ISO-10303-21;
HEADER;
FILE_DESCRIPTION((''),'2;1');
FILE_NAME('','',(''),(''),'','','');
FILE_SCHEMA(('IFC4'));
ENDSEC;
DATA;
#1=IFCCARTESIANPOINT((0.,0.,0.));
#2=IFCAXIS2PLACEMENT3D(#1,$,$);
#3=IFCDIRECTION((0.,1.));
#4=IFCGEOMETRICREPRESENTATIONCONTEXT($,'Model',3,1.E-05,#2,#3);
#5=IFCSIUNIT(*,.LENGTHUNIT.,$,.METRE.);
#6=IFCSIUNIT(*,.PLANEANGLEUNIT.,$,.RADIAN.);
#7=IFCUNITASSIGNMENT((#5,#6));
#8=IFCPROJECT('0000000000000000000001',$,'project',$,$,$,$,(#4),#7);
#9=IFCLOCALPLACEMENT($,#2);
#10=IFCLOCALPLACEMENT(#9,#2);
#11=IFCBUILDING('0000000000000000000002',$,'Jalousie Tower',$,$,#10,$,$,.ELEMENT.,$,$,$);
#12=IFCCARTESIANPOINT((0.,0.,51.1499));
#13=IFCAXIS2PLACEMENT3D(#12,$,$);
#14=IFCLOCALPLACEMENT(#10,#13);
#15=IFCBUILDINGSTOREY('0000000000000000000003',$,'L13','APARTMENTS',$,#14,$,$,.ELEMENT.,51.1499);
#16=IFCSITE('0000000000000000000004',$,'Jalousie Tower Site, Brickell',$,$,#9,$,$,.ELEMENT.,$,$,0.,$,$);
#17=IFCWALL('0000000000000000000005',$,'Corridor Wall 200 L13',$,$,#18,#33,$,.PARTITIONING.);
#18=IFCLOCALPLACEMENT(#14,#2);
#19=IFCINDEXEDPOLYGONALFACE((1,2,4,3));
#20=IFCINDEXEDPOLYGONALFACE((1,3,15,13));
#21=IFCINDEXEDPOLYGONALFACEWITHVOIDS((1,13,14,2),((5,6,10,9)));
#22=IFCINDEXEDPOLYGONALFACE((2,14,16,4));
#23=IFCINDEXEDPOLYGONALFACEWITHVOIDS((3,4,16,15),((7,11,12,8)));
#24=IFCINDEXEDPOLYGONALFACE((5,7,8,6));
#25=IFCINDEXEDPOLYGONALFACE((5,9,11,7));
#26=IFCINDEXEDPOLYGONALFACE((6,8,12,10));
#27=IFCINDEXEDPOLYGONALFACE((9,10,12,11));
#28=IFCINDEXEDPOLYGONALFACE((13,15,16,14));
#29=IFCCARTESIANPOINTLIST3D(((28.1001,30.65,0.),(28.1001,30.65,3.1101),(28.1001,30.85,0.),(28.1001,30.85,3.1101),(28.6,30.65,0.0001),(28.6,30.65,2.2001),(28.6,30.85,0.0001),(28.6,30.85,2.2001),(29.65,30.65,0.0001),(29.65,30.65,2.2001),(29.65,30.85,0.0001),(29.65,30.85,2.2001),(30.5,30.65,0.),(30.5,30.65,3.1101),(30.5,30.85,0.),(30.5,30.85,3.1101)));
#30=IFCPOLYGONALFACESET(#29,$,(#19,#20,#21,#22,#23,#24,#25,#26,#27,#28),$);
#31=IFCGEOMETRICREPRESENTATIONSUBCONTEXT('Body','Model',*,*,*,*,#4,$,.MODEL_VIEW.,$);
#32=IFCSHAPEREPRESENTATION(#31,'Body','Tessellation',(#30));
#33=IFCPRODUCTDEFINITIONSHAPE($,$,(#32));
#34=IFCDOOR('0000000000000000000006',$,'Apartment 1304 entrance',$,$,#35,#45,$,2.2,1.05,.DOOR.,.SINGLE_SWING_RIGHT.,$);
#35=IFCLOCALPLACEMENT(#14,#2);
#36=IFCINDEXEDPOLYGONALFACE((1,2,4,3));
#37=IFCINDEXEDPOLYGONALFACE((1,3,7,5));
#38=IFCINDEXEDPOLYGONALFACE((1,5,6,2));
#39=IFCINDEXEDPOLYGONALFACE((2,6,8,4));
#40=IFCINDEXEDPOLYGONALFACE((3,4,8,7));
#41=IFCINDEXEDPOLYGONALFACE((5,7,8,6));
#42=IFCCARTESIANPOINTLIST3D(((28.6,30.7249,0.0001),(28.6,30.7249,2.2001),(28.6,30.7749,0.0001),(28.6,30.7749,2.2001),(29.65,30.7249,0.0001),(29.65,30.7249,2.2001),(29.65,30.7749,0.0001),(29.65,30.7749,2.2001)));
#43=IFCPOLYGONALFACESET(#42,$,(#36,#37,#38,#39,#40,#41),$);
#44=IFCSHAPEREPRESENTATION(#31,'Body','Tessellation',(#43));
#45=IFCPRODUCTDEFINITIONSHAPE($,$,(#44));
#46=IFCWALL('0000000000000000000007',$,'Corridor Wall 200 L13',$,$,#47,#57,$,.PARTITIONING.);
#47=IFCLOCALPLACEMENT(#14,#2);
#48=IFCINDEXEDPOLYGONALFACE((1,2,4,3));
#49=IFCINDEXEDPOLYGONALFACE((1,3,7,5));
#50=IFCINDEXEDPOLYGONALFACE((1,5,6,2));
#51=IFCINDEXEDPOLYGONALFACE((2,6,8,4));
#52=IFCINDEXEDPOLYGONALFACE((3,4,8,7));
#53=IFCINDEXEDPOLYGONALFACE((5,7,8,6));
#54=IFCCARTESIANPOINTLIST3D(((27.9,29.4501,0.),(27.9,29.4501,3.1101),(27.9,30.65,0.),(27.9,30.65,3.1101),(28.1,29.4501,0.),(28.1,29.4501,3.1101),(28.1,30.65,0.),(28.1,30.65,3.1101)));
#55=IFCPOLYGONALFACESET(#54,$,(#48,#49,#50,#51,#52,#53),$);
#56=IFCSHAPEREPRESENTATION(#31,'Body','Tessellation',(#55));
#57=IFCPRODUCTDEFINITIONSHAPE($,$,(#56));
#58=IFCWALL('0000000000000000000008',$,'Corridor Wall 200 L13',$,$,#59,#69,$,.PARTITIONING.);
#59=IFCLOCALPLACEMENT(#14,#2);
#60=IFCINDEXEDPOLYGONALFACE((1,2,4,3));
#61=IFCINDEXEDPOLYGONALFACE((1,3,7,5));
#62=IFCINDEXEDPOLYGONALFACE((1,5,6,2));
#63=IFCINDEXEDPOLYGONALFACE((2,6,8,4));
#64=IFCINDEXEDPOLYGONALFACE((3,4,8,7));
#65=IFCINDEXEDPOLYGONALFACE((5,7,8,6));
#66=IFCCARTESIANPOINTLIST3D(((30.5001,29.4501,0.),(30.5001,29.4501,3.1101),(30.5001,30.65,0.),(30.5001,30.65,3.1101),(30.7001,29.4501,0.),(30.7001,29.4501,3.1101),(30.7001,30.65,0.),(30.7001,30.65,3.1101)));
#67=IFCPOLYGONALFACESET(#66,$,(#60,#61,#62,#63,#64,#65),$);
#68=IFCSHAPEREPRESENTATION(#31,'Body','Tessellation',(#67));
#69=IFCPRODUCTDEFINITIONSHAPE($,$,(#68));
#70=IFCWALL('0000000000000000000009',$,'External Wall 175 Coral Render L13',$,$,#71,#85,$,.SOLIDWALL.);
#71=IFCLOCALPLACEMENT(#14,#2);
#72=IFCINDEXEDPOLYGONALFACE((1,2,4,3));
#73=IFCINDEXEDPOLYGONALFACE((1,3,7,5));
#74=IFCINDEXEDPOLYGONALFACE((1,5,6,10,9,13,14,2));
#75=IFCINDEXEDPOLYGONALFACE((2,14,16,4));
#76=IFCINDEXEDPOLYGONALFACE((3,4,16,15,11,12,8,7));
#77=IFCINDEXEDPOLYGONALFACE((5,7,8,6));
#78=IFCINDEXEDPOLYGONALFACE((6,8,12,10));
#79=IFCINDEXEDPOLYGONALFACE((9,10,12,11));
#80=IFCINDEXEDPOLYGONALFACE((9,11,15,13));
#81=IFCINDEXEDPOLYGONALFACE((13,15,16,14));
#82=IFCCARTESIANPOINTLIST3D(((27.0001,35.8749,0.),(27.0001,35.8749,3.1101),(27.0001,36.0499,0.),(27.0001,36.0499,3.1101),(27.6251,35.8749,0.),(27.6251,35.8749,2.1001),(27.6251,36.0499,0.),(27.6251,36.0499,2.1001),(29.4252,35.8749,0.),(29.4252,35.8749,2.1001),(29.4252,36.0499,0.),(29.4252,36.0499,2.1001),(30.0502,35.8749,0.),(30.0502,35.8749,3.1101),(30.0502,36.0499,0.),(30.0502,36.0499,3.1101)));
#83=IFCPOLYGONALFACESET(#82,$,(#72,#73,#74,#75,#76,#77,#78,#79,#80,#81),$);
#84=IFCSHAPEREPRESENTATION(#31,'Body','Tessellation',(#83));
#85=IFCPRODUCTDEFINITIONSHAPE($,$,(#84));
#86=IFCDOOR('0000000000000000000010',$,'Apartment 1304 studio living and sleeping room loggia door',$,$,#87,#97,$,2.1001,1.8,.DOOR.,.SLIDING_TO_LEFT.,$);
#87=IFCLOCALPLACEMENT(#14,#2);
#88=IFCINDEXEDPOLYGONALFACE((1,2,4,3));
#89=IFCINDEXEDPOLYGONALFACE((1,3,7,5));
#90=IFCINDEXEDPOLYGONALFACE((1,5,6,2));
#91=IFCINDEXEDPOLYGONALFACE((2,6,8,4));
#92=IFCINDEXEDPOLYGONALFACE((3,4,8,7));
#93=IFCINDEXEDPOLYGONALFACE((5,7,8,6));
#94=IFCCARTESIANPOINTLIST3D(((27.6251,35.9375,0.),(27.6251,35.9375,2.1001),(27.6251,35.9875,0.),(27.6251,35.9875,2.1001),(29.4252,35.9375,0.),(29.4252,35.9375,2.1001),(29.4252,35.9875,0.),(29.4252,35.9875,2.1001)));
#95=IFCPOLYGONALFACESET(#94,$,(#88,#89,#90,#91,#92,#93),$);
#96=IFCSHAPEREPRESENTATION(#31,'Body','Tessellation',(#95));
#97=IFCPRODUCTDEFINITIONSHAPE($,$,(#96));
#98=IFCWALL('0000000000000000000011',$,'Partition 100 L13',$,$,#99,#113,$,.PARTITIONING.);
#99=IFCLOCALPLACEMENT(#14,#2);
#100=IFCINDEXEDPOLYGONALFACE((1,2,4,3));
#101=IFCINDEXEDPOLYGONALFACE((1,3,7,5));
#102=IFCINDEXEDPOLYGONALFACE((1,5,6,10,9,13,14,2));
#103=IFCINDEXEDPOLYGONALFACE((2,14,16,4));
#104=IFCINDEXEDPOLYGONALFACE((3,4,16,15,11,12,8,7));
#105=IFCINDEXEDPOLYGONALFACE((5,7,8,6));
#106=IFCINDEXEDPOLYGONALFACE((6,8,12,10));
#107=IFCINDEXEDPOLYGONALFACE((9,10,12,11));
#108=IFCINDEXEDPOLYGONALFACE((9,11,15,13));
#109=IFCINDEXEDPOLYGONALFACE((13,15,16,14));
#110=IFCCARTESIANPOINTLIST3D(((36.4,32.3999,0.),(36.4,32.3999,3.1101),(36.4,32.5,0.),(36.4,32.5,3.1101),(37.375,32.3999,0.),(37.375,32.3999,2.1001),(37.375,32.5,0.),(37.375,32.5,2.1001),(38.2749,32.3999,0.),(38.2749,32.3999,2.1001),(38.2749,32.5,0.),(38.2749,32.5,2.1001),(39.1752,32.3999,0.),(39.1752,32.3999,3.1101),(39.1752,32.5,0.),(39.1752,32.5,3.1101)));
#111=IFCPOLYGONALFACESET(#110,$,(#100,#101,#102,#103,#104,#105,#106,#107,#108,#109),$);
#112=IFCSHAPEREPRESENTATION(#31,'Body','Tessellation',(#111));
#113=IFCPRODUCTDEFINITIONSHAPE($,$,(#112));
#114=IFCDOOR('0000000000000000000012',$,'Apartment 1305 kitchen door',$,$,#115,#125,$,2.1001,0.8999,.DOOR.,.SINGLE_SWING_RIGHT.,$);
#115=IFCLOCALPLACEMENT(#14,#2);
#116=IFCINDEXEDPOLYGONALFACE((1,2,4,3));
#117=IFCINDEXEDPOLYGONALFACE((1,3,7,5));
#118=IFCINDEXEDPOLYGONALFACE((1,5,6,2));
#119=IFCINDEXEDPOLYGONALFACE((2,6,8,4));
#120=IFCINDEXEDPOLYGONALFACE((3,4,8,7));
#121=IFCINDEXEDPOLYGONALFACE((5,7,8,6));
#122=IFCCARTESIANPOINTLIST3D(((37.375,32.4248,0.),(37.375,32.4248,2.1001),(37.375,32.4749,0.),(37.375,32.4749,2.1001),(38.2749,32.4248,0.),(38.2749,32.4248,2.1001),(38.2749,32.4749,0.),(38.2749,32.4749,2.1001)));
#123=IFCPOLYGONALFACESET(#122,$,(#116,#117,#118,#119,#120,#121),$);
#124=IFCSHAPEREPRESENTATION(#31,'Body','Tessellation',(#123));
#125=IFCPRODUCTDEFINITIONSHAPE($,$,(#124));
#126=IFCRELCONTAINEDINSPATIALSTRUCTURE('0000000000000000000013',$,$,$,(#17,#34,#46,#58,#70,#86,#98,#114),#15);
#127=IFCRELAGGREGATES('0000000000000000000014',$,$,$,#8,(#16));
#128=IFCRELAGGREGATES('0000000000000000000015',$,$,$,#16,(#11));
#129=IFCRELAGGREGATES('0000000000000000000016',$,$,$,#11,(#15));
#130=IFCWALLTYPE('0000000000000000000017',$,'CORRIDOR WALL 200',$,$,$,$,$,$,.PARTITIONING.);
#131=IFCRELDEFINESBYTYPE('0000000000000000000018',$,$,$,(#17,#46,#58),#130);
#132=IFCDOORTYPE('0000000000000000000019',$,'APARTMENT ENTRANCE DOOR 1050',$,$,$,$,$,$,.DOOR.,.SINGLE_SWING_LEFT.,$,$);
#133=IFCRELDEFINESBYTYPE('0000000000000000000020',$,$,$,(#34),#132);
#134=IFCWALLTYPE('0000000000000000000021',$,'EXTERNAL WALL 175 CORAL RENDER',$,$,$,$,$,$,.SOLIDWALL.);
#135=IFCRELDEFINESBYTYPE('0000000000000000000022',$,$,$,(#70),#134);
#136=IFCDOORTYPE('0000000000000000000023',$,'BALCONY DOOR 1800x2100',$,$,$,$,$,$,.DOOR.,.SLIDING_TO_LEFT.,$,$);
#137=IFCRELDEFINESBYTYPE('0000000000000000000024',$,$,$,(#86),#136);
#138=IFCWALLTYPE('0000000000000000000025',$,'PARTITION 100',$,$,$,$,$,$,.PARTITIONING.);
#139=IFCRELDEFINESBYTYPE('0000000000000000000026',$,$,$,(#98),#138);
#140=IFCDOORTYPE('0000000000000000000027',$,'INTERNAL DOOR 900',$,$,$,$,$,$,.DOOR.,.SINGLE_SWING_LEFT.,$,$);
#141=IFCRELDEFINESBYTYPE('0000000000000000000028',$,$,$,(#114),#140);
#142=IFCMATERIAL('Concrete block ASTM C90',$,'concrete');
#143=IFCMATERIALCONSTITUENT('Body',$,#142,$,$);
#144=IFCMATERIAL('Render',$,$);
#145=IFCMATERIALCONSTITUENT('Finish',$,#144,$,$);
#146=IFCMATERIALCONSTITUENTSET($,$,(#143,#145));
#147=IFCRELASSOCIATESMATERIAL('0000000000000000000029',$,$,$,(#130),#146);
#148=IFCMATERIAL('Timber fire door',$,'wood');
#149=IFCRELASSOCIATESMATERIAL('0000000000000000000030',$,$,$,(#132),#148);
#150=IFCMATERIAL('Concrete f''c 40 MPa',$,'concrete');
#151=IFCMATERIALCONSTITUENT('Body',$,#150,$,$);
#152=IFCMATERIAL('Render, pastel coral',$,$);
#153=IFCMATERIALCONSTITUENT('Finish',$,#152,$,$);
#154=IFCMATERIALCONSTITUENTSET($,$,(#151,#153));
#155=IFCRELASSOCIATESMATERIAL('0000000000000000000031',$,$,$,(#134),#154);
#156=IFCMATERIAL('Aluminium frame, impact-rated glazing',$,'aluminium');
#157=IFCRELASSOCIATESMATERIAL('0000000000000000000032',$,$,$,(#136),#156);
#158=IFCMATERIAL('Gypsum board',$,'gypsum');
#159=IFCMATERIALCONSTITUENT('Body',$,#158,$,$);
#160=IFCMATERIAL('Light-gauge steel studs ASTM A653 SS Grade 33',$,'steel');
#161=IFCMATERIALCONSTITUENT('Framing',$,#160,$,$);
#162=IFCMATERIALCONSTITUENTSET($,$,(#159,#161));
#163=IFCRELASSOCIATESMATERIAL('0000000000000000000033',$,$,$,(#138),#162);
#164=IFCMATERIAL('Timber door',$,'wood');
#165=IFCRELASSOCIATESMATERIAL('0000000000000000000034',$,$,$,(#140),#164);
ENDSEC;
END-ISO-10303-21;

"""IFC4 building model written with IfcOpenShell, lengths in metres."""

from ifc_helpers import new_model, si_unit, direction, frame, frame_2d, origin, place, context, subcontext, project, spatial, rectangle, extrude, material, constituent, constituent_set, type_object, element, fill, save


model = new_model("IFC4")

# Units and contexts
model_context = context("Model", 3, precision=1e-05, world=origin(), true_north=direction((0.0, 1.0)))
body_context = subcontext(model_context, "Body", "Model", "MODEL_VIEW")
ifc_project = project(units=[si_unit("LENGTHUNIT", "METRE"), si_unit("PLANEANGLEUNIT", "RADIAN")], contexts=[model_context])

# Site, building, storey
site_placement = place(None, origin())
site = spatial("IfcSite", under=ifc_project, at=site_placement, Name="Jalousie Tower Site, Brickell", CompositionType="ELEMENT", RefElevation=0.0)
building_placement = place(site_placement, origin())
building = spatial("IfcBuilding", under=site, at=building_placement, Name="Jalousie Tower", CompositionType="ELEMENT")
storey_placement = place(building_placement, frame((0.0, 0.0, 51.1499)))
storey = spatial("IfcBuildingStorey", under=building, at=storey_placement, Name="L13", Description="APARTMENTS", CompositionType="ELEMENT", Elevation=51.1499)

# Shared definitions
ifc_material_1 = material(Name="Concrete block ASTM C90", Category="concrete")
ifc_constituent_1 = constituent(ifc_material_1, Name="Body")
ifc_material_2 = material(Name="Render")
ifc_constituent_2 = constituent(ifc_material_2, Name="Finish")
ifc_constituent_set_1 = constituent_set(constituents=[ifc_constituent_1, ifc_constituent_2])
wall_type_1 = type_object("IfcWallType", Name="CORRIDOR WALL 200", PredefinedType="PARTITIONING", material=ifc_constituent_set_1)
ifc_material_3 = material(Name="Timber fire door", Category="wood")
door_type_1 = type_object("IfcDoorType", Name="APARTMENT ENTRANCE DOOR 1050", OperationType="SINGLE_SWING_LEFT", PredefinedType="DOOR", material=ifc_material_3)

# Wall, opening, door
wall_1_placement = place(storey_placement, frame((28.1001, 30.75, 0.0), z_axis=(0.0, 0.0, 1.0), x_axis=(1.0, 0.0, 0.0)))
wall_1 = element("IfcWall", 1, at=wall_1_placement, inside=storey, type_object=wall_type_1, Name="Corridor Wall 200 L13", PredefinedType="PARTITIONING", context=body_context, shape_type="SweptSolid", body=[
    extrude(rectangle(XDim=2.3999, YDim=0.2, at=frame_2d((1.2, 0.0))), origin(), (0.0, 0.0, 1.0), 3.1101),
])
opening_1_placement = place(wall_1_placement, frame((0.5, 0.0, 0.0)))
opening_1 = element("IfcOpeningElement", 2, at=opening_1_placement, cuts=wall_1, PredefinedType="OPENING", context=body_context, shape_type="SweptSolid", body=[
    extrude(rectangle(XDim=1.05, YDim=2.2, at=frame_2d((0.5249, 1.1001))), frame((0.0, 0.1099, 0.0), z_axis=(0.0, -1.0, 0.0), x_axis=(1.0, 0.0, 0.0)), (0.0, 0.0, 1.0), 0.22),
])
door_1_placement = place(opening_1_placement, origin())
door_1 = element("IfcDoor", 3, at=door_1_placement, inside=storey, type_object=door_type_1, Name="Apartment 1304 entrance", OperationType="SINGLE_SWING_RIGHT", OverallHeight=2.2, OverallWidth=1.05, PredefinedType="DOOR", context=body_context, shape_type="SweptSolid", body=[
    extrude(rectangle(XDim=1.05, YDim=2.2, at=frame_2d((0.5249, 1.1001))), frame((0.0, 0.0249, 0.0), z_axis=(0.0, -1.0, 0.0), x_axis=(1.0, 0.0, 0.0)), (0.0, 0.0, 1.0), 0.05),
])
fill(opening_1, door_1)

# Walls
for number, where, z_axis, x_axis, name in (
    (4, (28.0, 29.45, 0.0), (0.0, 0.0, 1.0), (0.0, 1.0, 0.0), "Corridor Wall 200 L13"),
    (5, (30.6001, 29.45, 0.0), (0.0, 0.0, 1.0), (0.0, 1.0, 0.0), "Corridor Wall 200 L13"),
):
    element("IfcWall", number, at=place(storey_placement, frame(where, z_axis=z_axis, x_axis=x_axis)), inside=storey, type_object=wall_type_1, Name=name, PredefinedType="PARTITIONING", context=body_context, shape_type="SweptSolid", body=[
        extrude(rectangle(XDim=1.2, YDim=0.2, at=frame_2d((0.6001, 0.0))), origin(), (0.0, 0.0, 1.0), 3.1101),
    ])

# Walls, openings, doors
ifc_material_4 = material(Name="Concrete f'c 40 MPa", Category="concrete")
ifc_constituent_3 = constituent(ifc_material_4, Name="Body")
ifc_material_5 = material(Name="Render, pastel coral")
ifc_constituent_4 = constituent(ifc_material_5, Name="Finish")
ifc_constituent_set_2 = constituent_set(constituents=[ifc_constituent_3, ifc_constituent_4])
wall_type_2 = type_object("IfcWallType", Name="EXTERNAL WALL 175 CORAL RENDER", PredefinedType="SOLIDWALL", material=ifc_constituent_set_2)
wall_2_placement = place(storey_placement, frame((30.05, 35.9624, 0.0), z_axis=(0.0, 0.0, 1.0), x_axis=(-1.0, 0.0, 0.0)))
wall_2 = element("IfcWall", 6, at=wall_2_placement, inside=storey, type_object=wall_type_2, Name="External Wall 175 Coral Render L13", PredefinedType="SOLIDWALL", context=body_context, shape_type="SweptSolid", body=[
    extrude(rectangle(XDim=3.05, YDim=0.175, at=frame_2d((1.5249, 0.0))), origin(), (0.0, 0.0, 1.0), 3.1101),
])
opening_2_placement = place(wall_2_placement, frame((0.625, 0.0, 0.0)))
opening_2 = element("IfcOpeningElement", 7, at=opening_2_placement, cuts=wall_2, PredefinedType="OPENING", context=body_context, shape_type="SweptSolid", body=[
    extrude(rectangle(XDim=1.8, YDim=2.1001, at=frame_2d((0.8999, 1.05))), frame((0.0, 0.0974, 0.0), z_axis=(0.0, -1.0, 0.0), x_axis=(1.0, 0.0, 0.0)), (0.0, 0.0, 1.0), 0.1951),
])
ifc_material_6 = material(Name="Aluminium frame, impact-rated glazing", Category="aluminium")
door_type_2 = type_object("IfcDoorType", Name="BALCONY DOOR 1800x2100", OperationType="SLIDING_TO_LEFT", PredefinedType="DOOR", material=ifc_material_6)
door_2_placement = place(opening_2_placement, origin())
door_2 = element("IfcDoor", 8, at=door_2_placement, inside=storey, type_object=door_type_2, Name="Apartment 1304 studio living and sleeping room loggia door", OperationType="SLIDING_TO_LEFT", OverallHeight=2.1001, OverallWidth=1.8, PredefinedType="DOOR", context=body_context, shape_type="SweptSolid", body=[
    extrude(rectangle(XDim=1.8, YDim=2.1001, at=frame_2d((0.8999, 1.05))), frame((0.0, 0.0249, 0.0), z_axis=(0.0, -1.0, 0.0), x_axis=(1.0, 0.0, 0.0)), (0.0, 0.0, 1.0), 0.05),
])
fill(opening_2, door_2)
ifc_material_7 = material(Name="Gypsum board", Category="gypsum")
ifc_constituent_5 = constituent(ifc_material_7, Name="Body")
ifc_material_8 = material(Name="Light-gauge steel studs ASTM A653 SS Grade 33", Category="steel")
ifc_constituent_6 = constituent(ifc_material_8, Name="Framing")
ifc_constituent_set_3 = constituent_set(constituents=[ifc_constituent_5, ifc_constituent_6])
wall_type_3 = type_object("IfcWallType", Name="PARTITION 100", PredefinedType="PARTITIONING", material=ifc_constituent_set_3)
wall_3_placement = place(storey_placement, frame((36.3999, 32.45, 0.0), z_axis=(0.0, 0.0, 1.0), x_axis=(1.0, 0.0, 0.0)))
wall_3 = element("IfcWall", 9, at=wall_3_placement, inside=storey, type_object=wall_type_3, Name="Partition 100 L13", PredefinedType="PARTITIONING", context=body_context, shape_type="SweptSolid", body=[
    extrude(rectangle(XDim=2.7751, YDim=0.1001, at=frame_2d((1.3877, 0.0))), origin(), (0.0, 0.0, 1.0), 3.1101),
])
opening_3_placement = place(wall_3_placement, frame((0.9751, 0.0, 0.0)))
opening_3 = element("IfcOpeningElement", 10, at=opening_3_placement, cuts=wall_3, PredefinedType="OPENING", context=body_context, shape_type="SweptSolid", body=[
    extrude(rectangle(XDim=0.8999, YDim=2.1001, at=frame_2d((0.45, 1.05))), frame((0.0, 0.0601, 0.0), z_axis=(0.0, -1.0, 0.0), x_axis=(1.0, 0.0, 0.0)), (0.0, 0.0, 1.0), 0.1201),
])
ifc_material_9 = material(Name="Timber door", Category="wood")
door_type_3 = type_object("IfcDoorType", Name="INTERNAL DOOR 900", OperationType="SINGLE_SWING_LEFT", PredefinedType="DOOR", material=ifc_material_9)
door_3_placement = place(opening_3_placement, origin())
door_3 = element("IfcDoor", 11, at=door_3_placement, inside=storey, type_object=door_type_3, Name="Apartment 1305 kitchen door", OperationType="SINGLE_SWING_RIGHT", OverallHeight=2.1001, OverallWidth=0.8999, PredefinedType="DOOR", context=body_context, shape_type="SweptSolid", body=[
    extrude(rectangle(XDim=0.8999, YDim=2.1001, at=frame_2d((0.45, 1.05))), frame((0.0, 0.0249, 0.0), z_axis=(0.0, -1.0, 0.0), x_axis=(1.0, 0.0, 0.0)), (0.0, 0.0, 1.0), 0.05),
])
fill(opening_3, door_3)

save(model, "model.ifc")
